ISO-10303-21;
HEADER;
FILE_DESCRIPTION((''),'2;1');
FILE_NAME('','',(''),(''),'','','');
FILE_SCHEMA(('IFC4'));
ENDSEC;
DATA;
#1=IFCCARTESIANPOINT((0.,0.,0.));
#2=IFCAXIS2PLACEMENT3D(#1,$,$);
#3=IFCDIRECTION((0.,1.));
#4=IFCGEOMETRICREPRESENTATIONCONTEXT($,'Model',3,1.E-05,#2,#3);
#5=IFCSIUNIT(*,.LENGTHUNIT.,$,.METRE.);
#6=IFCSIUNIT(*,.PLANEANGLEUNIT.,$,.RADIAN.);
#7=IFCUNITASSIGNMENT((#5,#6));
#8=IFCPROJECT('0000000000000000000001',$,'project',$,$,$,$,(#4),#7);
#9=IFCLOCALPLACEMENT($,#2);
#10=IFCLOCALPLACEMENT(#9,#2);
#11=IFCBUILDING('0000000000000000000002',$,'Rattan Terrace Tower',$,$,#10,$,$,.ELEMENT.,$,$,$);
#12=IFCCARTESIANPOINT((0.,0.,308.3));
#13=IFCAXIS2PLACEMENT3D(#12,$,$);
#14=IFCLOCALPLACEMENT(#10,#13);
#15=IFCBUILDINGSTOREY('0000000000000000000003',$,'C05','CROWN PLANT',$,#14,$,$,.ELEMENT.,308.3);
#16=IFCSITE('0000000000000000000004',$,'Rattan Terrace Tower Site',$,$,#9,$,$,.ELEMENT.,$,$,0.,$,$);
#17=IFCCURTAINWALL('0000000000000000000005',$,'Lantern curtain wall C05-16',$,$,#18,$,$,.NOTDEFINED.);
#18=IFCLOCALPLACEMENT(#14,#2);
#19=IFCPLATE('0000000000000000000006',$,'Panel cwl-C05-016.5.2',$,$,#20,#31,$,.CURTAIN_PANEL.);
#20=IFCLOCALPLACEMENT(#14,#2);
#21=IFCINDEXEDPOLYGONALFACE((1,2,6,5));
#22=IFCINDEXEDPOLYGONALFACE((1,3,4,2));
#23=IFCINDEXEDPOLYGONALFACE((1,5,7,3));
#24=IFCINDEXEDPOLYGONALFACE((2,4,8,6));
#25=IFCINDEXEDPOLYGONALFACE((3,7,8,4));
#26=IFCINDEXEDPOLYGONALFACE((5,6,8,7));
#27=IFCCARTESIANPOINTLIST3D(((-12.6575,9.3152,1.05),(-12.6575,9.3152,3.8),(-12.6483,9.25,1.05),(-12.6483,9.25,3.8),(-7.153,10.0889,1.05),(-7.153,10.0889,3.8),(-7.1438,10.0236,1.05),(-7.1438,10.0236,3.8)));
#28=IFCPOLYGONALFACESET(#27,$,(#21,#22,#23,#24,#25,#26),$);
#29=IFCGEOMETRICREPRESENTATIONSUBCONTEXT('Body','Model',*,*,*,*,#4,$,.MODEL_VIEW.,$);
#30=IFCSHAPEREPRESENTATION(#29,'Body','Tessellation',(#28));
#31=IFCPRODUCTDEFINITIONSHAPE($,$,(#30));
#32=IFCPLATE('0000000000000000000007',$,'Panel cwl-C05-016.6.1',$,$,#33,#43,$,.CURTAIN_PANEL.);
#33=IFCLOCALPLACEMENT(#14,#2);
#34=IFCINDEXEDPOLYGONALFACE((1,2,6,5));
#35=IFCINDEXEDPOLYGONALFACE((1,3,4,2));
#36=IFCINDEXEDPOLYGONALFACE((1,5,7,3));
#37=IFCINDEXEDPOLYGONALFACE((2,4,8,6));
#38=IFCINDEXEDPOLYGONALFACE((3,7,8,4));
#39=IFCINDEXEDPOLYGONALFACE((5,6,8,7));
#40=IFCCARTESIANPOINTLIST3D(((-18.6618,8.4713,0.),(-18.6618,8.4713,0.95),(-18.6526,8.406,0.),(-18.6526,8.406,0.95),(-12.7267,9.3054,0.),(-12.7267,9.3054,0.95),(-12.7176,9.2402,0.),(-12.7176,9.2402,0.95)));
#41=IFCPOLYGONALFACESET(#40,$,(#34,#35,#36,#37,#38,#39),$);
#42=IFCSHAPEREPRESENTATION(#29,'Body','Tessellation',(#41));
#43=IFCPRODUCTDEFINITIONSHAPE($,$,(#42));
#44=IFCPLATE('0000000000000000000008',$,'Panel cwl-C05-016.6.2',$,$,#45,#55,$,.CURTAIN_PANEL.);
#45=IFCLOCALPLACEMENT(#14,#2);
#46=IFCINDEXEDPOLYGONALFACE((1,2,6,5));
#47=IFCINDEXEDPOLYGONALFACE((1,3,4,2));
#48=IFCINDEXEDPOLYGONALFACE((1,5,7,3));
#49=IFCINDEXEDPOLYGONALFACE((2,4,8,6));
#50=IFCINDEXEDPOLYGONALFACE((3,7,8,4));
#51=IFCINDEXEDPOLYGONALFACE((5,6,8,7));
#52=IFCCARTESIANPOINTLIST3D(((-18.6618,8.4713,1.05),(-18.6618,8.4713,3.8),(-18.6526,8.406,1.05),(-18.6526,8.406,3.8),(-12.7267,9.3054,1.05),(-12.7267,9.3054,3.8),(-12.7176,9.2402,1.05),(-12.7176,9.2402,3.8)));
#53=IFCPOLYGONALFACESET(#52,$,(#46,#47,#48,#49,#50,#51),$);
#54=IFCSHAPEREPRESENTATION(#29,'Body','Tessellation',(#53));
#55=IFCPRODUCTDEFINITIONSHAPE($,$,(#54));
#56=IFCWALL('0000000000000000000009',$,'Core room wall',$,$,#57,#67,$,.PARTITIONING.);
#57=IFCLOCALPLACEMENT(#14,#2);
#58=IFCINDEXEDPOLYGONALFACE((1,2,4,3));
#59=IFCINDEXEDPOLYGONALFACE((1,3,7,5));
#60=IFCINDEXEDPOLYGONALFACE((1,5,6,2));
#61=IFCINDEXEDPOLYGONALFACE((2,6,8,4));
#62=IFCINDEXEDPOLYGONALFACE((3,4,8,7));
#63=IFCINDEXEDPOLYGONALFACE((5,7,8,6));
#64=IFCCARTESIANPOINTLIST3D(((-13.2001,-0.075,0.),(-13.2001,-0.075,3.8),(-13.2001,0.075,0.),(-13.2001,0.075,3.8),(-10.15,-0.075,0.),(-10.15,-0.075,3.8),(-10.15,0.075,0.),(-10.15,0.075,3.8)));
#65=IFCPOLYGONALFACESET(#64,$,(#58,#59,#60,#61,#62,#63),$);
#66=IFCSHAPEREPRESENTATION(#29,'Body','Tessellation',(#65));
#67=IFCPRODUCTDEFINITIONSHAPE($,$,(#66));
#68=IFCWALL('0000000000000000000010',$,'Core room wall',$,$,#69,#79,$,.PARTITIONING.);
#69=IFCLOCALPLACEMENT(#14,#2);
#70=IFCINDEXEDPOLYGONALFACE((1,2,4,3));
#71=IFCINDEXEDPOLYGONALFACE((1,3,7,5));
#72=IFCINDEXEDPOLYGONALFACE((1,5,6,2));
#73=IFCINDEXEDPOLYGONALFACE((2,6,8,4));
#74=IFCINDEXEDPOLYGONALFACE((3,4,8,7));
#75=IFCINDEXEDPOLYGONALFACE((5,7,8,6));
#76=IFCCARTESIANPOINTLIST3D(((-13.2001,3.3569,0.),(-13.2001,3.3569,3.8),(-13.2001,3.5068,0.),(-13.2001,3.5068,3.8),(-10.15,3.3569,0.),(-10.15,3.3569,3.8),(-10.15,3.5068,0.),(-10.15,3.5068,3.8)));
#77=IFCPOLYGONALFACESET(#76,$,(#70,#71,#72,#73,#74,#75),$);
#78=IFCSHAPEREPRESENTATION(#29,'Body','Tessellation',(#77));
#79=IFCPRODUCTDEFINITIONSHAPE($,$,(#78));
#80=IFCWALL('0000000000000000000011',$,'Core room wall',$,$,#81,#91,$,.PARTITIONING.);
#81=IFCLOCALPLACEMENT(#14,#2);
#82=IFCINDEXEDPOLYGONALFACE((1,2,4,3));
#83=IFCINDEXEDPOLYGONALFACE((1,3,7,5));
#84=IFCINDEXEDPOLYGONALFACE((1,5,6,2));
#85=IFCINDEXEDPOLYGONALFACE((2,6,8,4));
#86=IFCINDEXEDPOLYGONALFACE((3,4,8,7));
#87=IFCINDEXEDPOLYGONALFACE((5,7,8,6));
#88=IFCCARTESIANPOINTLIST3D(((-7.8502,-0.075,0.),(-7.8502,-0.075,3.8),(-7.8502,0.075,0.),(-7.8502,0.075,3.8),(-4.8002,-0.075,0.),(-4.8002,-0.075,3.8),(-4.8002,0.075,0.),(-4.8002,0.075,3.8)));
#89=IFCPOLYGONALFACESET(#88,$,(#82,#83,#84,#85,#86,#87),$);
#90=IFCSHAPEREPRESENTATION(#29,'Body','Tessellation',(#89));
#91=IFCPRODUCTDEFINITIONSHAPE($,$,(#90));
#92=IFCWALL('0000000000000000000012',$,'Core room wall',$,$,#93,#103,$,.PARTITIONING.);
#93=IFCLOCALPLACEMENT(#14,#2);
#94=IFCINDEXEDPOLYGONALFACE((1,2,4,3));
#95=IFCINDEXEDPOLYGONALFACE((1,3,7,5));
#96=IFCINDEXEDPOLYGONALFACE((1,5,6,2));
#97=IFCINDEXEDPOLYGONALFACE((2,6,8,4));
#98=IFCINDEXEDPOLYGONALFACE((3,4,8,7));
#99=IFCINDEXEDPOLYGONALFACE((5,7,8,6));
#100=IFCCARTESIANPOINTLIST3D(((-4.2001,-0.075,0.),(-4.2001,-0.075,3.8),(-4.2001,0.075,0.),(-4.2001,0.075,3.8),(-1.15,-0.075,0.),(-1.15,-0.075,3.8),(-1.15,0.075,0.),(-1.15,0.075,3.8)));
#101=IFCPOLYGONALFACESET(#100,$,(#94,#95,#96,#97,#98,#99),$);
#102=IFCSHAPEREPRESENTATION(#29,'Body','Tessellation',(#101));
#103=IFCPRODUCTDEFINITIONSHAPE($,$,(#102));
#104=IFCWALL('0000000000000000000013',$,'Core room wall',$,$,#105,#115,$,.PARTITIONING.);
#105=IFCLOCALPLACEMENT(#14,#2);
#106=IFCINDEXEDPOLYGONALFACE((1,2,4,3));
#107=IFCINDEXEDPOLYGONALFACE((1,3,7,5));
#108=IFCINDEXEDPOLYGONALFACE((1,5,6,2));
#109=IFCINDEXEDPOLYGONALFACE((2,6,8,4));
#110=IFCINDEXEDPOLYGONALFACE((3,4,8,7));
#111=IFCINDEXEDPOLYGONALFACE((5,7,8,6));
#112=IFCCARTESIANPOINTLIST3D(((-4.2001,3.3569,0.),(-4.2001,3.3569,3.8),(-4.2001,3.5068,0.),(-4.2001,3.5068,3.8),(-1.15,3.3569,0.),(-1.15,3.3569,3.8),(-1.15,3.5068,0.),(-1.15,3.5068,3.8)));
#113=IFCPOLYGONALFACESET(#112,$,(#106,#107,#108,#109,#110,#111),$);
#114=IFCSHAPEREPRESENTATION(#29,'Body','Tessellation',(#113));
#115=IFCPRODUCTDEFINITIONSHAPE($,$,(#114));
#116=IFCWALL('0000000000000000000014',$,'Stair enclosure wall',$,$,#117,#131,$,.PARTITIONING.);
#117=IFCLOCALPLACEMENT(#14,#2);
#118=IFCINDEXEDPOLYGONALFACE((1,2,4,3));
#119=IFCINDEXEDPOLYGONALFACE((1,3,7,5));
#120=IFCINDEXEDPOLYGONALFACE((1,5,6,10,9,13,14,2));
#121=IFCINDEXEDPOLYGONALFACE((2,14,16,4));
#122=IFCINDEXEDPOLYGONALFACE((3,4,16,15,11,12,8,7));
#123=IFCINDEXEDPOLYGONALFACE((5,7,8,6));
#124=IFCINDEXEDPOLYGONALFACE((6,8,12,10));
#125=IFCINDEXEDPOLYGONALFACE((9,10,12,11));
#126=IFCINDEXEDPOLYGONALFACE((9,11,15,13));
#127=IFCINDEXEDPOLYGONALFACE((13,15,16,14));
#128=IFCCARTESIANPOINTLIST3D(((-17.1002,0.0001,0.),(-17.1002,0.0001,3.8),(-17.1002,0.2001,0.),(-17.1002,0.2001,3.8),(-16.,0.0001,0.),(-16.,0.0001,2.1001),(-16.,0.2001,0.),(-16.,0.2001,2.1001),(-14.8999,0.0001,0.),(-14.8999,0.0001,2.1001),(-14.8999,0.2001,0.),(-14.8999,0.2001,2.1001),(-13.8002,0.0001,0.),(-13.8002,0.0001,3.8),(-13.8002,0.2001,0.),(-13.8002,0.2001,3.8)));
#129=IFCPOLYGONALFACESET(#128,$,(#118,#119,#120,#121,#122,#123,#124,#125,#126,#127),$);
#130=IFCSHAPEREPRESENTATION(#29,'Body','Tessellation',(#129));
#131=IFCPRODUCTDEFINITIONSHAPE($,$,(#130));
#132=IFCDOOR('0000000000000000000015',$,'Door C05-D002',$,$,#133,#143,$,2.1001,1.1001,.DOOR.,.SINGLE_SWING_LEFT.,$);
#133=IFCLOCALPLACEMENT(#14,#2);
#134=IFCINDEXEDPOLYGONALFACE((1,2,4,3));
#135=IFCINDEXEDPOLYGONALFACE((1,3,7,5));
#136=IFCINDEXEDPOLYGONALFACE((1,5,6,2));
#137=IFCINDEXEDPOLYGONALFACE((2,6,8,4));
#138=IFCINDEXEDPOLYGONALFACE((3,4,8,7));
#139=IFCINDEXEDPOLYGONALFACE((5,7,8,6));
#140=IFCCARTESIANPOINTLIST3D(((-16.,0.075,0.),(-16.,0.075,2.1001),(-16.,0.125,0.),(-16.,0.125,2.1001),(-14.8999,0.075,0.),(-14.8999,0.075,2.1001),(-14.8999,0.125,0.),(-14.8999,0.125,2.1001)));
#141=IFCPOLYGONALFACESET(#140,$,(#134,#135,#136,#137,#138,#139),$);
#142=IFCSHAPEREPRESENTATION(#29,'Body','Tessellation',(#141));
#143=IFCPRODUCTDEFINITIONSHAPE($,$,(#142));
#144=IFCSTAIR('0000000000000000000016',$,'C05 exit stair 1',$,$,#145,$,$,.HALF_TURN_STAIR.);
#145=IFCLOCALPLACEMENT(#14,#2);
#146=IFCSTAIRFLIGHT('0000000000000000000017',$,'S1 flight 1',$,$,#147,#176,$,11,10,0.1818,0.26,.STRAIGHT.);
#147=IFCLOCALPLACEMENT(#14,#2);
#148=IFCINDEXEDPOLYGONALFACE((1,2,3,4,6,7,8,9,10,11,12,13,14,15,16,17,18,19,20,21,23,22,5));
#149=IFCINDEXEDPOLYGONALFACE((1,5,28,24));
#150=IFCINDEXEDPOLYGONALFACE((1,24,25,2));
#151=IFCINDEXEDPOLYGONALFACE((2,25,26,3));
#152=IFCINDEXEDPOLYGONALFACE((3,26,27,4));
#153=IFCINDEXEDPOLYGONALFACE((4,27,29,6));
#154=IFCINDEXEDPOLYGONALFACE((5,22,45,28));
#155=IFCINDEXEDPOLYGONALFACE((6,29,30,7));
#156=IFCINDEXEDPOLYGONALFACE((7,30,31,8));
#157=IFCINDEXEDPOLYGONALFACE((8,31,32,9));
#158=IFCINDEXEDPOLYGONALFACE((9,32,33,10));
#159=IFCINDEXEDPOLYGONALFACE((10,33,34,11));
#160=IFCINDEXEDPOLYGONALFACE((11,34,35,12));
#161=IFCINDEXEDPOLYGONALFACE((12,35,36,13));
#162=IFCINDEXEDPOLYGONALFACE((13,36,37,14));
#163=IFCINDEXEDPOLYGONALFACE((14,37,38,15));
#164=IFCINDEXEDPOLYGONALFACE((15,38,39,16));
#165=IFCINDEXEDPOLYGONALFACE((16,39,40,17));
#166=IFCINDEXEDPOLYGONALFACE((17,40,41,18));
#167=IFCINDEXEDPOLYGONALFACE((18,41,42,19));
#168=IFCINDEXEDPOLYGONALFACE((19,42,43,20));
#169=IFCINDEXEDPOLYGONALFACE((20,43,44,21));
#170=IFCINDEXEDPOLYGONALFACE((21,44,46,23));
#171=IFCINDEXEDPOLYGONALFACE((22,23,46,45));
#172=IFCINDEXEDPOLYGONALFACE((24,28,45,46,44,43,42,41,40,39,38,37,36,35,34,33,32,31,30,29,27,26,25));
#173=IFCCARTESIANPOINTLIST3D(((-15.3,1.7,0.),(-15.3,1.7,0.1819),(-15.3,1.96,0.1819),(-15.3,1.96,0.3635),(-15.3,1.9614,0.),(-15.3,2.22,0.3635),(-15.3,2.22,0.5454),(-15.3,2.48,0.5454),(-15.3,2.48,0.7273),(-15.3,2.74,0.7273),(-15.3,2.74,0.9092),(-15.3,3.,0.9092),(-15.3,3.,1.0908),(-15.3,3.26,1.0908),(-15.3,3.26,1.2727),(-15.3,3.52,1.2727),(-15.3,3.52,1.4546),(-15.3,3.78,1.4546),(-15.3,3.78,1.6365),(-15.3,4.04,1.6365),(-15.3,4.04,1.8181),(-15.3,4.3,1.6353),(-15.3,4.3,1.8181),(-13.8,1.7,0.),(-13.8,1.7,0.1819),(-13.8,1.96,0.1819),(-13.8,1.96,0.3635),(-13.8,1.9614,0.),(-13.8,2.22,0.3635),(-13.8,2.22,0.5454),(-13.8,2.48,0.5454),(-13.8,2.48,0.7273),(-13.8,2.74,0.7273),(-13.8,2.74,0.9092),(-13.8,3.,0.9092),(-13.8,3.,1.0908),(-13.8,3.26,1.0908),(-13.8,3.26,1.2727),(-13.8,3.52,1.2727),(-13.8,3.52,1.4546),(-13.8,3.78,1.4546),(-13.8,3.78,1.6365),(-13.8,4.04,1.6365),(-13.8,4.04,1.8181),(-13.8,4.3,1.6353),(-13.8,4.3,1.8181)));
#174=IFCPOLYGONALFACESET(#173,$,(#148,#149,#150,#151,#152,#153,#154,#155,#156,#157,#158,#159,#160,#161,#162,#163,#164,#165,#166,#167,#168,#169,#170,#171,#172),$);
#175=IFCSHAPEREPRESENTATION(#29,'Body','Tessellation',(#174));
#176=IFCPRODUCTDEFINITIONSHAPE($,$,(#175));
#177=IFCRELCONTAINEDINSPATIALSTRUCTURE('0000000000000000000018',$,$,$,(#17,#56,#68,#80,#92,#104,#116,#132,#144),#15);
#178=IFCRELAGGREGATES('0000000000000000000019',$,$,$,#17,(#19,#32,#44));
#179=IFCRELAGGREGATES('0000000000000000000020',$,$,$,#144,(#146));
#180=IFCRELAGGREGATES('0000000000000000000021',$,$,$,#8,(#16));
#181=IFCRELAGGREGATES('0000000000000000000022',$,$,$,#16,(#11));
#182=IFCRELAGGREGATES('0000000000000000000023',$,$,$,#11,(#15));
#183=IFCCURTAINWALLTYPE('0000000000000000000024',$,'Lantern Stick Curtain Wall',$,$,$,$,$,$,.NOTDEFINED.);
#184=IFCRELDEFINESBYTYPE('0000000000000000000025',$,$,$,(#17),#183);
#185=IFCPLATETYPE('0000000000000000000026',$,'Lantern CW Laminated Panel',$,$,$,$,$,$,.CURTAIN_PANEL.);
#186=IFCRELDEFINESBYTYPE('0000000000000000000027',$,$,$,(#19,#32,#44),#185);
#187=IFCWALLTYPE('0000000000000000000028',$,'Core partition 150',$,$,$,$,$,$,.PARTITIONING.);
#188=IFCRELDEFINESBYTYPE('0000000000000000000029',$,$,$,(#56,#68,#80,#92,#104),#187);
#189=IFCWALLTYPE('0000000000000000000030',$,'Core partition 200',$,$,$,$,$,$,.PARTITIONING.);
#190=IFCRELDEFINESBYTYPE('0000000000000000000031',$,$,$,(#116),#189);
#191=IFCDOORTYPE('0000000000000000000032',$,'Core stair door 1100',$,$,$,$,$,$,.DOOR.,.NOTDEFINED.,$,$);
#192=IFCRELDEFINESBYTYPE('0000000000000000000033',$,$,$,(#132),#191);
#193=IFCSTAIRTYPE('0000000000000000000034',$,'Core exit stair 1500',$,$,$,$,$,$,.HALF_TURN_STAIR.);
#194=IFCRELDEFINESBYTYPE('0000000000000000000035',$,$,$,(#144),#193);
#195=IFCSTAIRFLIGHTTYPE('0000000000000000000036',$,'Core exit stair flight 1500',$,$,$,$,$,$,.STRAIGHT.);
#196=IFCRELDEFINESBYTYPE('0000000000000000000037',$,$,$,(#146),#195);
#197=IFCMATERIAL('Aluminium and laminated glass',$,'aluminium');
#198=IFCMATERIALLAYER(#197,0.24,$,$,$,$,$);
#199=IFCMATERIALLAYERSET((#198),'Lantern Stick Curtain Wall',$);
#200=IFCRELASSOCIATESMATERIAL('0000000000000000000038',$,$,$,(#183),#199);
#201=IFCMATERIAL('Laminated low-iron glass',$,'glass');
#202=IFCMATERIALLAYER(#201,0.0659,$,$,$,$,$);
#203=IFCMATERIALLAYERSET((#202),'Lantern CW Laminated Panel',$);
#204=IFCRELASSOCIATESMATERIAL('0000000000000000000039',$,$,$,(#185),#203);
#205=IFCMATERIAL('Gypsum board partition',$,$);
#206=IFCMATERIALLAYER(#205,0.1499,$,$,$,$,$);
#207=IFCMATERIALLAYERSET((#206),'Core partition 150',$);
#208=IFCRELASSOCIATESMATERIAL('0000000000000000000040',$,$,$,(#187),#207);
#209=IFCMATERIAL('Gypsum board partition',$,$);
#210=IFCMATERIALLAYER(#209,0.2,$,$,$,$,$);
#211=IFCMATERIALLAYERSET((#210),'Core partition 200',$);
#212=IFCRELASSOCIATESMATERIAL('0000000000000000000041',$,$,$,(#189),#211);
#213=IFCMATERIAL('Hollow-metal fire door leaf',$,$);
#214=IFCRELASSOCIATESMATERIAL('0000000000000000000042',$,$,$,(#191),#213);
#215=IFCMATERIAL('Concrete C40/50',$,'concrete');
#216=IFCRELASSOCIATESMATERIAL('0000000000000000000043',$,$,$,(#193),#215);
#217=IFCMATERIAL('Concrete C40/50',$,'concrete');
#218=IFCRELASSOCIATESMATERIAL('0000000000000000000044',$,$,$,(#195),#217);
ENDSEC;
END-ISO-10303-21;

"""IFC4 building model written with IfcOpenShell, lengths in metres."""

from ifc_helpers import new_model, si_unit, direction, frame, frame_2d, origin, origin_2d, place, context, subcontext, project, spatial, polyline, rectangle, outline, extrude, material, layer, layer_set, type_object, element, fill, aggregate, save


model = new_model("IFC4")

# Units and contexts
model_context = context("Model", 3, precision=1e-05, world=origin(), true_north=direction((0.0, 1.0)))
body_context = subcontext(model_context, "Body", "Model", "MODEL_VIEW")
ifc_project = project(units=[si_unit("LENGTHUNIT", "METRE"), si_unit("PLANEANGLEUNIT", "RADIAN")], contexts=[model_context])

# Site, building, storey
site_placement = place(None, origin())
site = spatial("IfcSite", under=ifc_project, at=site_placement, Name="Rattan Terrace Tower Site", CompositionType="ELEMENT", RefElevation=0.0)
building_placement = place(site_placement, origin())
building = spatial("IfcBuilding", under=site, at=building_placement, Name="Rattan Terrace Tower", CompositionType="ELEMENT")
storey_placement = place(building_placement, frame((0.0, 0.0, 308.3)))
storey = spatial("IfcBuildingStorey", under=building, at=storey_placement, Name="C05", Description="CROWN PLANT", CompositionType="ELEMENT", Elevation=308.3)

# Curtain wall
ifc_material_1 = material(Name="Aluminium and laminated glass", Category="aluminium")
ifc_layer_1 = layer(ifc_material_1, 0.24)
ifc_layer_set_1 = layer_set([ifc_layer_1], Name="Lantern Stick Curtain Wall")
curtain_wall_type = type_object("IfcCurtainWallType", Name="Lantern Stick Curtain Wall", PredefinedType="NOTDEFINED", material=ifc_layer_set_1)
curtain_wall_placement = place(storey_placement, origin())
curtain_wall = element("IfcCurtainWall", 1, at=curtain_wall_placement, inside=storey, type_object=curtain_wall_type, Name="Lantern curtain wall C05-16", PredefinedType="NOTDEFINED")

# Plates
ifc_material_2 = material(Name="Laminated low-iron glass", Category="glass")
ifc_layer_2 = layer(ifc_material_2, 0.0659)
ifc_layer_set_2 = layer_set([ifc_layer_2], Name="Lantern CW Laminated Panel")
plate_type = type_object("IfcPlateType", Name="Lantern CW Laminated Panel", PredefinedType="CURTAIN_PANEL", material=ifc_layer_set_2)
plate_1_placement = place(storey_placement, frame((-9.9006, 9.6694, 1.05), z_axis=(0.0, 0.0, 1.0), x_axis=(-0.990267, -0.139181, 0.0)))
plate_1 = element("IfcPlate", 2, at=plate_1_placement, type_object=plate_type, Name="Panel cwl-C05-016.5.2", PredefinedType="CURTAIN_PANEL", context=body_context, shape_type="SweptSolid", body=[
    extrude(rectangle(XDim=5.5586, YDim=0.0659, at=origin_2d()), origin(), (0.0, 0.0, 1.0), 2.75),
])
plate_2_placement = place(storey_placement, frame((-15.6897, 8.8557, 0.0), z_axis=(0.0, 0.0, 1.0), x_axis=(-0.990267, -0.139181, 0.0)))
plate_2 = element("IfcPlate", 3, at=plate_2_placement, type_object=plate_type, Name="Panel cwl-C05-016.6.1", PredefinedType="CURTAIN_PANEL", context=body_context, shape_type="SweptSolid", body=[
    extrude(rectangle(XDim=5.9934, YDim=0.0659, at=origin_2d()), origin(), (0.0, 0.0, 1.0), 0.95),
])
plate_3_placement = place(storey_placement, frame((-15.6897, 8.8557, 1.05), z_axis=(0.0, 0.0, 1.0), x_axis=(-0.990267, -0.139181, 0.0)))
plate_3 = element("IfcPlate", 4, at=plate_3_placement, type_object=plate_type, Name="Panel cwl-C05-016.6.2", PredefinedType="CURTAIN_PANEL", context=body_context, shape_type="SweptSolid", body=[
    extrude(rectangle(XDim=5.9934, YDim=0.0659, at=origin_2d()), origin(), (0.0, 0.0, 1.0), 2.75),
])
aggregate(curtain_wall, [plate_1, plate_2, plate_3])

# Walls
ifc_material_3 = material(Name="Gypsum board partition")
ifc_layer_3 = layer(ifc_material_3, 0.1499)
ifc_layer_set_3 = layer_set([ifc_layer_3], Name="Core partition 150")
wall_type_1 = type_object("IfcWallType", Name="Core partition 150", PredefinedType="PARTITIONING", material=ifc_layer_set_3)
for number, where, z_axis, x_axis, name in (
    (5, (-13.2, 0.0, 0.0), (0.0, 0.0, 1.0), (1.0, 0.0, 0.0), "Core room wall"),
    (6, (-13.2, 3.4319, 0.0), (0.0, 0.0, 1.0), (1.0, 0.0, 0.0), "Core room wall"),
    (7, (-7.8501, 0.0, 0.0), (0.0, 0.0, 1.0), (1.0, 0.0, 0.0), "Core room wall"),
    (8, (-4.2, 0.0, 0.0), (0.0, 0.0, 1.0), (1.0, 0.0, 0.0), "Core room wall"),
    (9, (-4.2, 3.4319, 0.0), (0.0, 0.0, 1.0), (1.0, 0.0, 0.0), "Core room wall"),
):
    element("IfcWall", number, at=place(storey_placement, frame(where, z_axis=z_axis, x_axis=x_axis)), inside=storey, type_object=wall_type_1, Name=name, PredefinedType="PARTITIONING", context=body_context, shape_type="SweptSolid", body=[
        extrude(rectangle(XDim=3.05, YDim=0.1499, at=frame_2d((1.5249, 0.0))), origin(), (0.0, 0.0, 1.0), 3.8),
    ])

# Wall, opening, door
ifc_material_4 = material(Name="Gypsum board partition")
ifc_layer_4 = layer(ifc_material_4, 0.2)
ifc_layer_set_4 = layer_set([ifc_layer_4], Name="Core partition 200")
wall_type_2 = type_object("IfcWallType", Name="Core partition 200", PredefinedType="PARTITIONING", material=ifc_layer_set_4)
wall_placement = place(storey_placement, frame((-17.1001, 0.1001, 0.0), z_axis=(0.0, 0.0, 1.0), x_axis=(1.0, 0.0, 0.0)))
wall = element("IfcWall", 10, at=wall_placement, inside=storey, type_object=wall_type_2, Name="Stair enclosure wall", PredefinedType="PARTITIONING", context=body_context, shape_type="SweptSolid", body=[
    extrude(rectangle(XDim=3.3, YDim=0.2, at=frame_2d((1.6499, 0.0))), origin(), (0.0, 0.0, 1.0), 3.8),
])
opening_placement = place(wall_placement, frame((1.1001, 0.0, 0.0)))
opening = element("IfcOpeningElement", 11, at=opening_placement, cuts=wall, PredefinedType="OPENING", context=body_context, shape_type="SweptSolid", body=[
    extrude(rectangle(XDim=1.1001, YDim=2.1001, at=frame_2d((0.55, 1.05))), frame((0.0, 0.1106, 0.0), z_axis=(0.0, -1.0, 0.0), x_axis=(1.0, 0.0, 0.0)), (0.0, 0.0, 1.0), 0.2209),
])
ifc_material_5 = material(Name="Hollow-metal fire door leaf")
door_type = type_object("IfcDoorType", Name="Core stair door 1100", OperationType="NOTDEFINED", PredefinedType="DOOR", material=ifc_material_5)
door_placement = place(opening_placement, origin())
door = element("IfcDoor", 12, at=door_placement, inside=storey, type_object=door_type, Name="Door C05-D002", OperationType="SINGLE_SWING_LEFT", OverallHeight=2.1001, OverallWidth=1.1001, PredefinedType="DOOR", context=body_context, shape_type="SweptSolid", body=[
    extrude(rectangle(XDim=1.1001, YDim=2.1001, at=frame_2d((0.55, 1.05))), frame((0.0, 0.0249, 0.0), z_axis=(0.0, -1.0, 0.0), x_axis=(1.0, 0.0, 0.0)), (0.0, 0.0, 1.0), 0.05),
])
fill(opening, door)

# Stair, stair flight
ifc_material_6 = material(Name="Concrete C40/50", Category="concrete")
stair_type = type_object("IfcStairType", Name="Core exit stair 1500", PredefinedType="HALF_TURN_STAIR", material=ifc_material_6)
stair_placement = place(storey_placement, origin())
stair = element("IfcStair", 13, at=stair_placement, inside=storey, type_object=stair_type, Name="C05 exit stair 1", PredefinedType="HALF_TURN_STAIR")
ifc_material_7 = material(Name="Concrete C40/50", Category="concrete")
stair_flight_type = type_object("IfcStairFlightType", Name="Core exit stair flight 1500", PredefinedType="STRAIGHT", material=ifc_material_7)
stair_flight_1_placement = place(storey_placement, frame((-14.55, 1.7, 0.0), z_axis=(0.0, 0.0, 1.0), x_axis=(0.0, 1.0, 0.0)))
stair_flight_1 = element("IfcStairFlight", 14, at=stair_flight_1_placement, type_object=stair_flight_type, Name="S1 flight 1", NumberOfRisers=11, NumberOfTreads=10, PredefinedType="STRAIGHT", RiserHeight=0.1818, TreadLength=0.26, context=body_context, shape_type="SweptSolid", body=[
    extrude(outline(polyline([(0.0, 0.0), (0.0, 0.1819), (0.26, 0.1819), (0.26, 0.3635), (0.52, 0.3635), (0.52, 0.5454), (0.78, 0.5454), (0.78, 0.7273), (1.04, 0.7273), (1.04, 0.9092), (1.3, 0.9092), (1.3, 1.0908), (1.5601, 1.0908), (1.5601, 1.2727), (1.8201, 1.2727), (1.8201, 1.4546), (2.0801, 1.4546), (2.0801, 1.6365), (2.3401, 1.6365), (2.3401, 1.8181), (2.6001, 1.8181), (2.6001, 2.0), (2.6001, 1.6353), (0.2615, 0.0), (0.0, 0.0)])), frame((0.0, 0.75, 0.0), z_axis=(0.0, -1.0, 0.0), x_axis=(1.0, 0.0, 0.0)), (0.0, 0.0, 1.0), 1.5),
])
aggregate(stair, [stair_flight_1])

save(model, "model.ifc")
